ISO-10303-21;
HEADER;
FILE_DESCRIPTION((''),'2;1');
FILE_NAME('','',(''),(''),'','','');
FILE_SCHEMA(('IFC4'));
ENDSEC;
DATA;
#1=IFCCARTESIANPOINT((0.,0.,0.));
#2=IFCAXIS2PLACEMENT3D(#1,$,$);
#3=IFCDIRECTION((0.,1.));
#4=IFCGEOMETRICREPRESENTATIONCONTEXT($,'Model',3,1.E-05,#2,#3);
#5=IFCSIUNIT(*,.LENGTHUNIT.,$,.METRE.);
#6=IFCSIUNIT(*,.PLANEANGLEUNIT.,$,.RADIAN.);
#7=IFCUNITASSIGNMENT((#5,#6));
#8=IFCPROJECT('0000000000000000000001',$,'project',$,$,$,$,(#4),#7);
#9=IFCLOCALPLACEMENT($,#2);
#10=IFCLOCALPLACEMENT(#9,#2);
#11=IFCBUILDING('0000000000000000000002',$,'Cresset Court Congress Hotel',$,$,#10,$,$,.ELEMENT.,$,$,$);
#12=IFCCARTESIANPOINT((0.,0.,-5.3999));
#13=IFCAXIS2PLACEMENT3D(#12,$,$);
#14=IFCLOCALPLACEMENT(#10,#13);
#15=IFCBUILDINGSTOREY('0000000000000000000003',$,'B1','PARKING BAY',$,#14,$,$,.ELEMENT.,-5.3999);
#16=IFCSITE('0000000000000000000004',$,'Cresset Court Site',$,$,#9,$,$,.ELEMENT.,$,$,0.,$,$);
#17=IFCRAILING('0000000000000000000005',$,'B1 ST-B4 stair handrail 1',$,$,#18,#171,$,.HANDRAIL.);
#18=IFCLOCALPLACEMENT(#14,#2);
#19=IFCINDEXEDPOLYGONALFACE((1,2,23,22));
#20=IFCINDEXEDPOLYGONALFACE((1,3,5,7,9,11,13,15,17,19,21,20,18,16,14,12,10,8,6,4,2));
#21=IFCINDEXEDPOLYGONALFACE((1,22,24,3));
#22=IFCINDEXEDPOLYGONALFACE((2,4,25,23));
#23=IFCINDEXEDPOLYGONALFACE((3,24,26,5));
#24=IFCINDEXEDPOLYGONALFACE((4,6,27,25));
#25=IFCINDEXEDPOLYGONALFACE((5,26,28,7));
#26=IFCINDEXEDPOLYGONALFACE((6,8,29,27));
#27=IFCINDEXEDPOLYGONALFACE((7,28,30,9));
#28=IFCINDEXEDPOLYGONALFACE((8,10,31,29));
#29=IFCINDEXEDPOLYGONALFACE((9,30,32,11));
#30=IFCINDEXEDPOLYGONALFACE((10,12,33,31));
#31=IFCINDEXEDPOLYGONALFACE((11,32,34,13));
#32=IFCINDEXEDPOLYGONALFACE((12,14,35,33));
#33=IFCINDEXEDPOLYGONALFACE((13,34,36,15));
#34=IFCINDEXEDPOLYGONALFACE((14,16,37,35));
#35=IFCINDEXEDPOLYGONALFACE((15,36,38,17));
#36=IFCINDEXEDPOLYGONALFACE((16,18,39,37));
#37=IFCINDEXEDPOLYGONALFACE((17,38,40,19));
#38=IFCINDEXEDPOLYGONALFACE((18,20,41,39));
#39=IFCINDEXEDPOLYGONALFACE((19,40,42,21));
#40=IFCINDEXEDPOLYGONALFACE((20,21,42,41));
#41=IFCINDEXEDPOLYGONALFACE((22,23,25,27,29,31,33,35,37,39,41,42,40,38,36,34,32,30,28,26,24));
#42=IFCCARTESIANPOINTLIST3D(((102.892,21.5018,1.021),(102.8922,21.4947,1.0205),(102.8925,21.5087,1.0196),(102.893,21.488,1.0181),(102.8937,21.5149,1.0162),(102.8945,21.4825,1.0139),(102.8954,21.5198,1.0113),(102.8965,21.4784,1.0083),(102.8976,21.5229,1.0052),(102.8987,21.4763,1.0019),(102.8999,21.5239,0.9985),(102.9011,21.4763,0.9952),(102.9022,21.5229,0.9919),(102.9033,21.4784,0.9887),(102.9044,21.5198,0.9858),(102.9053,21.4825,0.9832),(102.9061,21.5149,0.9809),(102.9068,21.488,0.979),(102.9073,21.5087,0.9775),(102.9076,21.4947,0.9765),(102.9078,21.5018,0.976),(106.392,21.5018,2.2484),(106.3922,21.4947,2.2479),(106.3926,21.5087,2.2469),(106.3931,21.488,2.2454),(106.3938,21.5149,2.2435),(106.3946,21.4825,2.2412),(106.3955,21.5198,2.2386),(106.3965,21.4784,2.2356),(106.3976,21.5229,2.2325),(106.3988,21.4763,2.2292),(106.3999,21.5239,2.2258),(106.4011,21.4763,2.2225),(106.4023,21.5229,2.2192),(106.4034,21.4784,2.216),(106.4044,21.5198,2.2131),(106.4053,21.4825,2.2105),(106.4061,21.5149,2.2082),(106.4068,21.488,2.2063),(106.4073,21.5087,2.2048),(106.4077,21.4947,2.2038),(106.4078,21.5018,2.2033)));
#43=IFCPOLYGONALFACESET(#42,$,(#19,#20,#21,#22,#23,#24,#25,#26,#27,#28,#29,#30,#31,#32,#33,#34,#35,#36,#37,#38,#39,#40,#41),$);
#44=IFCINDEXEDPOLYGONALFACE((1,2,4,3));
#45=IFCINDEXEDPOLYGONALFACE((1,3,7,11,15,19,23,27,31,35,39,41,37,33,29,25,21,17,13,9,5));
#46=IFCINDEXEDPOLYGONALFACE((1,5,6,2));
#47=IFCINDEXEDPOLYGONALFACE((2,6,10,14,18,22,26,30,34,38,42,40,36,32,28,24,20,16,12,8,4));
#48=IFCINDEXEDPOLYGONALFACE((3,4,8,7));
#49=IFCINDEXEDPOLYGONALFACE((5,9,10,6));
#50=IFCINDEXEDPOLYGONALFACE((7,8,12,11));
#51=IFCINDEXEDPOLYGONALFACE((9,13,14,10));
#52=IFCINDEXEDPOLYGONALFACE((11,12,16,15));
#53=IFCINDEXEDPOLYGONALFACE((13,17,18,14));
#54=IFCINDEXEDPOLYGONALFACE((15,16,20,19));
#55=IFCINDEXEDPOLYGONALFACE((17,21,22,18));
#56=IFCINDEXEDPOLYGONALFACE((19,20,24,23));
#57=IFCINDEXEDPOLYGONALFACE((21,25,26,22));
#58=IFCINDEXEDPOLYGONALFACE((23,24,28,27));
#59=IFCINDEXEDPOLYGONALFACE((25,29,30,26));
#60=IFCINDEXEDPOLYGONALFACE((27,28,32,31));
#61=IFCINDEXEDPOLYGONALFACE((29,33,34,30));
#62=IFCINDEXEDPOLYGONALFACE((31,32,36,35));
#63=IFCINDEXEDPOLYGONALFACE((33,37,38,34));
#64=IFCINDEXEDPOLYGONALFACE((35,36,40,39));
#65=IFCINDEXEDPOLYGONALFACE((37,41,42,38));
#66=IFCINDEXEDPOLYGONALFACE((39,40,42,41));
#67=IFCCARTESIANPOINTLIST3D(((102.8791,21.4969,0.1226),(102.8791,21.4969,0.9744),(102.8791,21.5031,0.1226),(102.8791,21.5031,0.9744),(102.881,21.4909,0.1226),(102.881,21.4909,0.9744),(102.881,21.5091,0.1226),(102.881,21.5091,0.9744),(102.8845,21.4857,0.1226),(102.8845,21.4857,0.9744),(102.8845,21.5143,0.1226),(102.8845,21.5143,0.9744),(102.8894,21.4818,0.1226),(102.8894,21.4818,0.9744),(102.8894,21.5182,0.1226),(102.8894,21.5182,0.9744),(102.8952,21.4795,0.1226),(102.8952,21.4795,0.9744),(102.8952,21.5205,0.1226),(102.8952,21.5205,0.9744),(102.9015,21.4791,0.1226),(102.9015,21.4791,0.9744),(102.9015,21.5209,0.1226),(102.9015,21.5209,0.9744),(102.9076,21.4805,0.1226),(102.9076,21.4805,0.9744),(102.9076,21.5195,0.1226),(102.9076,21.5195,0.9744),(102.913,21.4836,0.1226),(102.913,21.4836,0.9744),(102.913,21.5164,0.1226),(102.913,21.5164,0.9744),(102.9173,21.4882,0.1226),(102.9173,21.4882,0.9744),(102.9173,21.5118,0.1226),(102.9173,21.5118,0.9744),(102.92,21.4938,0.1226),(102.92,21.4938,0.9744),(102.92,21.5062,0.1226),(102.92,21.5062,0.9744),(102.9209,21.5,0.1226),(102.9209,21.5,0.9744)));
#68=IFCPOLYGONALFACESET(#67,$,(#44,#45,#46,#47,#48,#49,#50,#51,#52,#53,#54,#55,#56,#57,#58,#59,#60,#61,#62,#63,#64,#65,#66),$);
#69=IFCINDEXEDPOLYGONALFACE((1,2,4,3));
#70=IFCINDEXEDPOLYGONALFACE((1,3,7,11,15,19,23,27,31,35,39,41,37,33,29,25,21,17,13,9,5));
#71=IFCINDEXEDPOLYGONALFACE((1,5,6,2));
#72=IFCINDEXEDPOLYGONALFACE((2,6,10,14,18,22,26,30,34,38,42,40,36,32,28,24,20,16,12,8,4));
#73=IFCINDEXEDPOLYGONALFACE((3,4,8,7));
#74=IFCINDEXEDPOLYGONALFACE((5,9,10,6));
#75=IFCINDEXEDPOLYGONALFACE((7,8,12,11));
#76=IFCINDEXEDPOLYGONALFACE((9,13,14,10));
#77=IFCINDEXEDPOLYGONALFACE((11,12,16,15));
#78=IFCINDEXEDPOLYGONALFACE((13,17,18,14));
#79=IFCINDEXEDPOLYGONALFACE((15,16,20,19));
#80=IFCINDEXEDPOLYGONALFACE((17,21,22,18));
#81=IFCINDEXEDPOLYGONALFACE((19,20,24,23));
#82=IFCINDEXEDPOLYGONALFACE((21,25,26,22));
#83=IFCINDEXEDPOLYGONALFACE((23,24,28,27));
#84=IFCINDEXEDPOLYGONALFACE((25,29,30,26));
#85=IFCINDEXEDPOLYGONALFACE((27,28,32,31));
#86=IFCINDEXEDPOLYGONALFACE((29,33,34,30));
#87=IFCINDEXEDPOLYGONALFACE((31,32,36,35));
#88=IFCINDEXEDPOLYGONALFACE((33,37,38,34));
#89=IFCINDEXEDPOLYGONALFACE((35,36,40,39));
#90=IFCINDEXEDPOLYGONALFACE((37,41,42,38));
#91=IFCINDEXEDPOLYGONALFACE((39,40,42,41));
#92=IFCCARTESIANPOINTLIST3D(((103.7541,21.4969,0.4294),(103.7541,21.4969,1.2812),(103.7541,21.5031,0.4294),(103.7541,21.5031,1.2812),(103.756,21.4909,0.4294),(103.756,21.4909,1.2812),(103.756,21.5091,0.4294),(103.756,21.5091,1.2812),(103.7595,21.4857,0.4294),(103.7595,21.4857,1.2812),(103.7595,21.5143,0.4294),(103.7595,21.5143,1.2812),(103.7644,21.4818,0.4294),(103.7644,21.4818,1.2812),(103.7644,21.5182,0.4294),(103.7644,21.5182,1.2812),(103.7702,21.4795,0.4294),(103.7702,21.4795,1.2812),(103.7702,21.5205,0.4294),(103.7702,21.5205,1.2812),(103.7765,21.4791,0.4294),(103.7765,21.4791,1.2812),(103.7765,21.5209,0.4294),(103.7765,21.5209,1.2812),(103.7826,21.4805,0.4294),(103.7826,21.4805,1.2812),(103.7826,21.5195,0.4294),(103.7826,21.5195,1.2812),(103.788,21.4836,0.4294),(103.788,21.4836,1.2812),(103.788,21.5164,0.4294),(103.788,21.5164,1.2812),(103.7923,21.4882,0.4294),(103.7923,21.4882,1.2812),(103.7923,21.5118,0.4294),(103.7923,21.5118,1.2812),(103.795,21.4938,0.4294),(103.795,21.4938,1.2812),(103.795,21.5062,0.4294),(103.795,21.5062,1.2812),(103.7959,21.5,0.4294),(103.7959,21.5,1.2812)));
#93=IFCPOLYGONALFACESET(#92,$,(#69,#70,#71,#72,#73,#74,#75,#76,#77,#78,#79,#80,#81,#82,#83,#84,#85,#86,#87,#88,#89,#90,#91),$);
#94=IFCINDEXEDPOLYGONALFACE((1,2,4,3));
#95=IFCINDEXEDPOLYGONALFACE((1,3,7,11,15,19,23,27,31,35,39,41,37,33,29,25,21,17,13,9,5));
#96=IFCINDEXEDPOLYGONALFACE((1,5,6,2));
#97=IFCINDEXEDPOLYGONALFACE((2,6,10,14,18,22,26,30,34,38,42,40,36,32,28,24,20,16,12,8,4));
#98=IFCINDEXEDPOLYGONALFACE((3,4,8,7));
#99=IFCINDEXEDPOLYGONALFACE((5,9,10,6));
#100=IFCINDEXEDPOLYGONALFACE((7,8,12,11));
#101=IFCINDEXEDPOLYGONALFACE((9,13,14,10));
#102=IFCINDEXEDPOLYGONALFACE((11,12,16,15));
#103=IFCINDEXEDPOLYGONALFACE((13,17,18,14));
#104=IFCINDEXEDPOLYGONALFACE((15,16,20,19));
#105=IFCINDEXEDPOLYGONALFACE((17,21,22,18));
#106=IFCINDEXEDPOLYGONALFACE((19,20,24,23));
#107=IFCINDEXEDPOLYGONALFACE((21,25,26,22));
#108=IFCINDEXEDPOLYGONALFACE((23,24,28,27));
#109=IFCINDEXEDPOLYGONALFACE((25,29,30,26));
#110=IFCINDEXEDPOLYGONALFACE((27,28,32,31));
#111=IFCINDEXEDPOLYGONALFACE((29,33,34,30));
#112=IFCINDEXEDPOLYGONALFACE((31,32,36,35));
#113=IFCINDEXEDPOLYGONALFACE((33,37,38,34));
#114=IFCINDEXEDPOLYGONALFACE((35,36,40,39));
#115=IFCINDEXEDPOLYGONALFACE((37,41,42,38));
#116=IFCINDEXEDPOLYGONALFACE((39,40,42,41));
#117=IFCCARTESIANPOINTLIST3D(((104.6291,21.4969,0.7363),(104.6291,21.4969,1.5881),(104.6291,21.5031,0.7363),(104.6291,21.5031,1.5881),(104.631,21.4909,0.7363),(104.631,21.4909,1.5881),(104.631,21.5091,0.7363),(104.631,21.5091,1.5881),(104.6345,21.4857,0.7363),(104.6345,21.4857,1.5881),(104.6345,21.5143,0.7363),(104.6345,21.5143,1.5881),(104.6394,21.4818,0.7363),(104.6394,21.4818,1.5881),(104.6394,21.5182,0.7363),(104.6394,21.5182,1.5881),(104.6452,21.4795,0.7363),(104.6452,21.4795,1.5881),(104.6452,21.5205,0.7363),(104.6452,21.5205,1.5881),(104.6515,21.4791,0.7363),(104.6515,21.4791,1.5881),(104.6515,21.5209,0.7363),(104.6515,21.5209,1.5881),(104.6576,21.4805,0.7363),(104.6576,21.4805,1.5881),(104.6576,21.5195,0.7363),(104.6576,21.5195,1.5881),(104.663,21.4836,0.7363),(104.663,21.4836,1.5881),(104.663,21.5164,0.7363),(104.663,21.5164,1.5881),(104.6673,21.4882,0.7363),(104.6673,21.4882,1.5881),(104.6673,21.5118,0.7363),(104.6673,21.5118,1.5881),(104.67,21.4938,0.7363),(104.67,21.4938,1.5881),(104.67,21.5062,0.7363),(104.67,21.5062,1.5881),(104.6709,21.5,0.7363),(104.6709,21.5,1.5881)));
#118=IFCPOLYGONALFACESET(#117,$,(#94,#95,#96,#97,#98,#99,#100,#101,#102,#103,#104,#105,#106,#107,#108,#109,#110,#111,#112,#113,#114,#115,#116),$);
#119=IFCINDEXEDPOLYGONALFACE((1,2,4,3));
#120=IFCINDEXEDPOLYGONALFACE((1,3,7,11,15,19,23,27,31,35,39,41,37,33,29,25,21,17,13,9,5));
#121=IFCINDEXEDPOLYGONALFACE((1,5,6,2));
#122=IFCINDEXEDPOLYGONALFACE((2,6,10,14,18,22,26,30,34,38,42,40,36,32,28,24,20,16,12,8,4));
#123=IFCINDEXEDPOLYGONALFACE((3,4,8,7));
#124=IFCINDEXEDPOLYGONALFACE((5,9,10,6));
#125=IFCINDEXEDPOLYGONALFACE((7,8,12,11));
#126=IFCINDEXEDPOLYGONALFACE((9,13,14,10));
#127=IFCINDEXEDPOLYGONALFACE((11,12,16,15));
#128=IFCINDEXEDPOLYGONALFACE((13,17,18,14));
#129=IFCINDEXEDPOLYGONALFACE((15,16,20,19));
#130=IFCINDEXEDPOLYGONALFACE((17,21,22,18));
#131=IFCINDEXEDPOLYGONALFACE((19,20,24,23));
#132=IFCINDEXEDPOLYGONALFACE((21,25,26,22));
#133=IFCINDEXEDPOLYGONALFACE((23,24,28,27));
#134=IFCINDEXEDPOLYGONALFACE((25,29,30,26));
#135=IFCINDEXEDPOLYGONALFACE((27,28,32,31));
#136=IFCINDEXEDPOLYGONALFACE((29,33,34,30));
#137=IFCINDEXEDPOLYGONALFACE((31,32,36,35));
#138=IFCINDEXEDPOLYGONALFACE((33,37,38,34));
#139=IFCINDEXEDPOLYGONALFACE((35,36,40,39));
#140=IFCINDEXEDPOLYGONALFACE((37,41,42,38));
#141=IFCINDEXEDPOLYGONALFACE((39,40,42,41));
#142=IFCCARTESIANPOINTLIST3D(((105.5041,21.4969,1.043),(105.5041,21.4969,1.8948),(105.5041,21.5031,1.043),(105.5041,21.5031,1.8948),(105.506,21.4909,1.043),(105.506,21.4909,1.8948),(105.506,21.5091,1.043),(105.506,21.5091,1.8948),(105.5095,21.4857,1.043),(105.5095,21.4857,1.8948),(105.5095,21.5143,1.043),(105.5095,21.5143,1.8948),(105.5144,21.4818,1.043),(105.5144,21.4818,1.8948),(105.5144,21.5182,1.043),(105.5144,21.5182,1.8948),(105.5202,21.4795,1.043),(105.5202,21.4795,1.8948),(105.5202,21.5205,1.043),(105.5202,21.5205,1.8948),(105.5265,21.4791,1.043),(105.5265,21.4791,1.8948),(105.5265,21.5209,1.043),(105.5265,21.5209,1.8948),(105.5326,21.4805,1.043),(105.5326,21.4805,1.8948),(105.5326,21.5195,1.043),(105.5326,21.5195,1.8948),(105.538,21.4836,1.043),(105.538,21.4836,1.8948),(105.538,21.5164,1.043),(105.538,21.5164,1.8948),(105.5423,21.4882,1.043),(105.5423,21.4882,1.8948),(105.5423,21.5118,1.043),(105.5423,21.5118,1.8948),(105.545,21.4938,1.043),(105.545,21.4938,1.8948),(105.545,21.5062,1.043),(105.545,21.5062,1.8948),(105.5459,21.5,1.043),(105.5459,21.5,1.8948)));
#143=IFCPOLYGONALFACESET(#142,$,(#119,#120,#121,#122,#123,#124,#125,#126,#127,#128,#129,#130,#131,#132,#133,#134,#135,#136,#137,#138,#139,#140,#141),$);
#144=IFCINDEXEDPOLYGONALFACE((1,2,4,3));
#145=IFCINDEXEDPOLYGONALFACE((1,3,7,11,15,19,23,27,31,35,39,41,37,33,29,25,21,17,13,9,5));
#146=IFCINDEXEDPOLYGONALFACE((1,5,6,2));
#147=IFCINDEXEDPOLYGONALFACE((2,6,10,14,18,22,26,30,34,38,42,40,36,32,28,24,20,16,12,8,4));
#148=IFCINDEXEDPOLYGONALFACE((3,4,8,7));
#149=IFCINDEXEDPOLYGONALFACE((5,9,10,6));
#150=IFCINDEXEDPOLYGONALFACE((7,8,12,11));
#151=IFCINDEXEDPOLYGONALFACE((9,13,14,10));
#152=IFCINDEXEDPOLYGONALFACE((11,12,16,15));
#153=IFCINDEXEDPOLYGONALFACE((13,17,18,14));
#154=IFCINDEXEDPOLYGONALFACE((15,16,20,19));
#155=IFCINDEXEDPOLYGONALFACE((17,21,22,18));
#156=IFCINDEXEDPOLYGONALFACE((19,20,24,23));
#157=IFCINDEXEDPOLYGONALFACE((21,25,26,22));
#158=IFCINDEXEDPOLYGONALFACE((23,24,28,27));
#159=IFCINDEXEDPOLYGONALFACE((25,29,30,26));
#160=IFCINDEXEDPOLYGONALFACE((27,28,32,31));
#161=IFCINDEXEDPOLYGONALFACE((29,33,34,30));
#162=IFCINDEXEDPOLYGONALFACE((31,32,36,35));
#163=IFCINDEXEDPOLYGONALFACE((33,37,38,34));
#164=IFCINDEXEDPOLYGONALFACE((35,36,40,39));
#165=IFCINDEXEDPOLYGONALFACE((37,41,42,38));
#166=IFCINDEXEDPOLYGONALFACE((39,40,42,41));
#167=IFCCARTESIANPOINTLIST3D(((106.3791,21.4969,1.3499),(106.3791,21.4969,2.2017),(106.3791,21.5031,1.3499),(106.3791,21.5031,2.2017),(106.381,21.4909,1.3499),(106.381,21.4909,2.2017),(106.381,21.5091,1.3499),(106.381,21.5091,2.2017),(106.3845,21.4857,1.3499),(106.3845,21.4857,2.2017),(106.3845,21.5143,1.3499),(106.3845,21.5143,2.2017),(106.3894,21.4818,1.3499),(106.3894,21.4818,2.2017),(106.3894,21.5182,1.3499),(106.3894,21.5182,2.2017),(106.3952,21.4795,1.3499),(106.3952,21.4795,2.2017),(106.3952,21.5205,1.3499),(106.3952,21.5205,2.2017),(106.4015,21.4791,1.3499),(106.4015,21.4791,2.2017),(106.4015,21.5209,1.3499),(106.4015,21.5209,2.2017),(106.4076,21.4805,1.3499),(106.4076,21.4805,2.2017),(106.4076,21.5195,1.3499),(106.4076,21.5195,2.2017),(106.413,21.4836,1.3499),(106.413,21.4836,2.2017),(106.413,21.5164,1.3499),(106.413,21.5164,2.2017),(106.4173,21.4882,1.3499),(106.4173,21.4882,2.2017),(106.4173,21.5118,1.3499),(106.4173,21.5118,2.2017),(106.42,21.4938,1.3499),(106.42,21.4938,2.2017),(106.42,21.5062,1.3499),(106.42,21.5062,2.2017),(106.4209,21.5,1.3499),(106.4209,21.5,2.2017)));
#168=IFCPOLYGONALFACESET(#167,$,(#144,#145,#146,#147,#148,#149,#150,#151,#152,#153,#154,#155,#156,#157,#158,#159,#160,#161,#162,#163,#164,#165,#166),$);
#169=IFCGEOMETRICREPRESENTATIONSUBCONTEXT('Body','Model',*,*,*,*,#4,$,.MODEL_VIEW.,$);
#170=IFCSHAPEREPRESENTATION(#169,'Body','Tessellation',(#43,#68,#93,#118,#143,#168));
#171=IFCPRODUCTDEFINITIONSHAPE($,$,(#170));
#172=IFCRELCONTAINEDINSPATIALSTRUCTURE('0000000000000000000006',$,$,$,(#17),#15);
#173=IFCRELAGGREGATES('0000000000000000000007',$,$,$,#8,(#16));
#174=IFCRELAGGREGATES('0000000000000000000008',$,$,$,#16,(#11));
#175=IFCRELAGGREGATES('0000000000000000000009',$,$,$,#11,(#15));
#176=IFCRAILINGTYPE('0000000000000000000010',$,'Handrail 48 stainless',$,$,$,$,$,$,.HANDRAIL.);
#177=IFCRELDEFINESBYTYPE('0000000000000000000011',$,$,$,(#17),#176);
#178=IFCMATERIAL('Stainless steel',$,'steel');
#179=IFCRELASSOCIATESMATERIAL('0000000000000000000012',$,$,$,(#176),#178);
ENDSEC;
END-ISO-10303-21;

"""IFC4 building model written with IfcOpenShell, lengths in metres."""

from ifc_helpers import new_model, si_unit, direction, frame, origin, origin_2d, place, context, subcontext, project, spatial, circle, extrude, material, type_object, element, save


model = new_model("IFC4")

# Units and contexts
model_context = context("Model", 3, precision=1e-05, world=origin(), true_north=direction((0.0, 1.0)))
body_context = subcontext(model_context, "Body", "Model", "MODEL_VIEW")
ifc_project = project(units=[si_unit("LENGTHUNIT", "METRE"), si_unit("PLANEANGLEUNIT", "RADIAN")], contexts=[model_context])

# Site, building, storey
site_placement = place(None, origin())
site = spatial("IfcSite", under=ifc_project, at=site_placement, Name="Cresset Court Site", CompositionType="ELEMENT", RefElevation=0.0)
building_placement = place(site_placement, origin())
building = spatial("IfcBuilding", under=site, at=building_placement, Name="Cresset Court Congress Hotel", CompositionType="ELEMENT")
storey_placement = place(building_placement, frame((0.0, 0.0, -5.3999)))
storey = spatial("IfcBuildingStorey", under=building, at=storey_placement, Name="B1", Description="PARKING BAY", CompositionType="ELEMENT", Elevation=-5.3999)

# Railing
ifc_material_1 = material(Name="Stainless steel", Category="steel")
railing_type_1 = type_object("IfcRailingType", Name="Handrail 48 stainless", PredefinedType="HANDRAIL", material=ifc_material_1)
for number, where, name in (
    (1, (102.8999, 21.5, 0.1226), "B1 ST-B4 stair handrail 1"),
):
    element("IfcRailing", number, at=place(storey_placement, frame(where)), inside=storey, type_object=railing_type_1, Name=name, PredefinedType="HANDRAIL", context=body_context, shape_type="SweptSolid", body=[
        extrude(circle(Radius=0.0239, at=origin_2d()), frame((0.0, 0.0, 0.876), z_axis=(0.943665, 0.0, 0.330902), x_axis=(0.0, 1.0, 0.0)), (0.0, 0.0, 1.0), 3.709),
        extrude(circle(Radius=0.021, at=origin_2d()), origin(), (0.0, 0.0, 1.0), 0.8518),
        extrude(circle(Radius=0.021, at=origin_2d()), frame((0.875, 0.0, 0.3069)), (0.0, 0.0, 1.0), 0.8518),
        extrude(circle(Radius=0.021, at=origin_2d()), frame((1.75, 0.0, 0.6138)), (0.0, 0.0, 1.0), 0.8518),
        extrude(circle(Radius=0.021, at=origin_2d()), frame((2.625, 0.0, 0.9204)), (0.0, 0.0, 1.0), 0.8518),
        extrude(circle(Radius=0.021, at=origin_2d()), frame((3.5, 0.0, 1.2273)), (0.0, 0.0, 1.0), 0.8518),
    ])

save(model, "model.ifc")
